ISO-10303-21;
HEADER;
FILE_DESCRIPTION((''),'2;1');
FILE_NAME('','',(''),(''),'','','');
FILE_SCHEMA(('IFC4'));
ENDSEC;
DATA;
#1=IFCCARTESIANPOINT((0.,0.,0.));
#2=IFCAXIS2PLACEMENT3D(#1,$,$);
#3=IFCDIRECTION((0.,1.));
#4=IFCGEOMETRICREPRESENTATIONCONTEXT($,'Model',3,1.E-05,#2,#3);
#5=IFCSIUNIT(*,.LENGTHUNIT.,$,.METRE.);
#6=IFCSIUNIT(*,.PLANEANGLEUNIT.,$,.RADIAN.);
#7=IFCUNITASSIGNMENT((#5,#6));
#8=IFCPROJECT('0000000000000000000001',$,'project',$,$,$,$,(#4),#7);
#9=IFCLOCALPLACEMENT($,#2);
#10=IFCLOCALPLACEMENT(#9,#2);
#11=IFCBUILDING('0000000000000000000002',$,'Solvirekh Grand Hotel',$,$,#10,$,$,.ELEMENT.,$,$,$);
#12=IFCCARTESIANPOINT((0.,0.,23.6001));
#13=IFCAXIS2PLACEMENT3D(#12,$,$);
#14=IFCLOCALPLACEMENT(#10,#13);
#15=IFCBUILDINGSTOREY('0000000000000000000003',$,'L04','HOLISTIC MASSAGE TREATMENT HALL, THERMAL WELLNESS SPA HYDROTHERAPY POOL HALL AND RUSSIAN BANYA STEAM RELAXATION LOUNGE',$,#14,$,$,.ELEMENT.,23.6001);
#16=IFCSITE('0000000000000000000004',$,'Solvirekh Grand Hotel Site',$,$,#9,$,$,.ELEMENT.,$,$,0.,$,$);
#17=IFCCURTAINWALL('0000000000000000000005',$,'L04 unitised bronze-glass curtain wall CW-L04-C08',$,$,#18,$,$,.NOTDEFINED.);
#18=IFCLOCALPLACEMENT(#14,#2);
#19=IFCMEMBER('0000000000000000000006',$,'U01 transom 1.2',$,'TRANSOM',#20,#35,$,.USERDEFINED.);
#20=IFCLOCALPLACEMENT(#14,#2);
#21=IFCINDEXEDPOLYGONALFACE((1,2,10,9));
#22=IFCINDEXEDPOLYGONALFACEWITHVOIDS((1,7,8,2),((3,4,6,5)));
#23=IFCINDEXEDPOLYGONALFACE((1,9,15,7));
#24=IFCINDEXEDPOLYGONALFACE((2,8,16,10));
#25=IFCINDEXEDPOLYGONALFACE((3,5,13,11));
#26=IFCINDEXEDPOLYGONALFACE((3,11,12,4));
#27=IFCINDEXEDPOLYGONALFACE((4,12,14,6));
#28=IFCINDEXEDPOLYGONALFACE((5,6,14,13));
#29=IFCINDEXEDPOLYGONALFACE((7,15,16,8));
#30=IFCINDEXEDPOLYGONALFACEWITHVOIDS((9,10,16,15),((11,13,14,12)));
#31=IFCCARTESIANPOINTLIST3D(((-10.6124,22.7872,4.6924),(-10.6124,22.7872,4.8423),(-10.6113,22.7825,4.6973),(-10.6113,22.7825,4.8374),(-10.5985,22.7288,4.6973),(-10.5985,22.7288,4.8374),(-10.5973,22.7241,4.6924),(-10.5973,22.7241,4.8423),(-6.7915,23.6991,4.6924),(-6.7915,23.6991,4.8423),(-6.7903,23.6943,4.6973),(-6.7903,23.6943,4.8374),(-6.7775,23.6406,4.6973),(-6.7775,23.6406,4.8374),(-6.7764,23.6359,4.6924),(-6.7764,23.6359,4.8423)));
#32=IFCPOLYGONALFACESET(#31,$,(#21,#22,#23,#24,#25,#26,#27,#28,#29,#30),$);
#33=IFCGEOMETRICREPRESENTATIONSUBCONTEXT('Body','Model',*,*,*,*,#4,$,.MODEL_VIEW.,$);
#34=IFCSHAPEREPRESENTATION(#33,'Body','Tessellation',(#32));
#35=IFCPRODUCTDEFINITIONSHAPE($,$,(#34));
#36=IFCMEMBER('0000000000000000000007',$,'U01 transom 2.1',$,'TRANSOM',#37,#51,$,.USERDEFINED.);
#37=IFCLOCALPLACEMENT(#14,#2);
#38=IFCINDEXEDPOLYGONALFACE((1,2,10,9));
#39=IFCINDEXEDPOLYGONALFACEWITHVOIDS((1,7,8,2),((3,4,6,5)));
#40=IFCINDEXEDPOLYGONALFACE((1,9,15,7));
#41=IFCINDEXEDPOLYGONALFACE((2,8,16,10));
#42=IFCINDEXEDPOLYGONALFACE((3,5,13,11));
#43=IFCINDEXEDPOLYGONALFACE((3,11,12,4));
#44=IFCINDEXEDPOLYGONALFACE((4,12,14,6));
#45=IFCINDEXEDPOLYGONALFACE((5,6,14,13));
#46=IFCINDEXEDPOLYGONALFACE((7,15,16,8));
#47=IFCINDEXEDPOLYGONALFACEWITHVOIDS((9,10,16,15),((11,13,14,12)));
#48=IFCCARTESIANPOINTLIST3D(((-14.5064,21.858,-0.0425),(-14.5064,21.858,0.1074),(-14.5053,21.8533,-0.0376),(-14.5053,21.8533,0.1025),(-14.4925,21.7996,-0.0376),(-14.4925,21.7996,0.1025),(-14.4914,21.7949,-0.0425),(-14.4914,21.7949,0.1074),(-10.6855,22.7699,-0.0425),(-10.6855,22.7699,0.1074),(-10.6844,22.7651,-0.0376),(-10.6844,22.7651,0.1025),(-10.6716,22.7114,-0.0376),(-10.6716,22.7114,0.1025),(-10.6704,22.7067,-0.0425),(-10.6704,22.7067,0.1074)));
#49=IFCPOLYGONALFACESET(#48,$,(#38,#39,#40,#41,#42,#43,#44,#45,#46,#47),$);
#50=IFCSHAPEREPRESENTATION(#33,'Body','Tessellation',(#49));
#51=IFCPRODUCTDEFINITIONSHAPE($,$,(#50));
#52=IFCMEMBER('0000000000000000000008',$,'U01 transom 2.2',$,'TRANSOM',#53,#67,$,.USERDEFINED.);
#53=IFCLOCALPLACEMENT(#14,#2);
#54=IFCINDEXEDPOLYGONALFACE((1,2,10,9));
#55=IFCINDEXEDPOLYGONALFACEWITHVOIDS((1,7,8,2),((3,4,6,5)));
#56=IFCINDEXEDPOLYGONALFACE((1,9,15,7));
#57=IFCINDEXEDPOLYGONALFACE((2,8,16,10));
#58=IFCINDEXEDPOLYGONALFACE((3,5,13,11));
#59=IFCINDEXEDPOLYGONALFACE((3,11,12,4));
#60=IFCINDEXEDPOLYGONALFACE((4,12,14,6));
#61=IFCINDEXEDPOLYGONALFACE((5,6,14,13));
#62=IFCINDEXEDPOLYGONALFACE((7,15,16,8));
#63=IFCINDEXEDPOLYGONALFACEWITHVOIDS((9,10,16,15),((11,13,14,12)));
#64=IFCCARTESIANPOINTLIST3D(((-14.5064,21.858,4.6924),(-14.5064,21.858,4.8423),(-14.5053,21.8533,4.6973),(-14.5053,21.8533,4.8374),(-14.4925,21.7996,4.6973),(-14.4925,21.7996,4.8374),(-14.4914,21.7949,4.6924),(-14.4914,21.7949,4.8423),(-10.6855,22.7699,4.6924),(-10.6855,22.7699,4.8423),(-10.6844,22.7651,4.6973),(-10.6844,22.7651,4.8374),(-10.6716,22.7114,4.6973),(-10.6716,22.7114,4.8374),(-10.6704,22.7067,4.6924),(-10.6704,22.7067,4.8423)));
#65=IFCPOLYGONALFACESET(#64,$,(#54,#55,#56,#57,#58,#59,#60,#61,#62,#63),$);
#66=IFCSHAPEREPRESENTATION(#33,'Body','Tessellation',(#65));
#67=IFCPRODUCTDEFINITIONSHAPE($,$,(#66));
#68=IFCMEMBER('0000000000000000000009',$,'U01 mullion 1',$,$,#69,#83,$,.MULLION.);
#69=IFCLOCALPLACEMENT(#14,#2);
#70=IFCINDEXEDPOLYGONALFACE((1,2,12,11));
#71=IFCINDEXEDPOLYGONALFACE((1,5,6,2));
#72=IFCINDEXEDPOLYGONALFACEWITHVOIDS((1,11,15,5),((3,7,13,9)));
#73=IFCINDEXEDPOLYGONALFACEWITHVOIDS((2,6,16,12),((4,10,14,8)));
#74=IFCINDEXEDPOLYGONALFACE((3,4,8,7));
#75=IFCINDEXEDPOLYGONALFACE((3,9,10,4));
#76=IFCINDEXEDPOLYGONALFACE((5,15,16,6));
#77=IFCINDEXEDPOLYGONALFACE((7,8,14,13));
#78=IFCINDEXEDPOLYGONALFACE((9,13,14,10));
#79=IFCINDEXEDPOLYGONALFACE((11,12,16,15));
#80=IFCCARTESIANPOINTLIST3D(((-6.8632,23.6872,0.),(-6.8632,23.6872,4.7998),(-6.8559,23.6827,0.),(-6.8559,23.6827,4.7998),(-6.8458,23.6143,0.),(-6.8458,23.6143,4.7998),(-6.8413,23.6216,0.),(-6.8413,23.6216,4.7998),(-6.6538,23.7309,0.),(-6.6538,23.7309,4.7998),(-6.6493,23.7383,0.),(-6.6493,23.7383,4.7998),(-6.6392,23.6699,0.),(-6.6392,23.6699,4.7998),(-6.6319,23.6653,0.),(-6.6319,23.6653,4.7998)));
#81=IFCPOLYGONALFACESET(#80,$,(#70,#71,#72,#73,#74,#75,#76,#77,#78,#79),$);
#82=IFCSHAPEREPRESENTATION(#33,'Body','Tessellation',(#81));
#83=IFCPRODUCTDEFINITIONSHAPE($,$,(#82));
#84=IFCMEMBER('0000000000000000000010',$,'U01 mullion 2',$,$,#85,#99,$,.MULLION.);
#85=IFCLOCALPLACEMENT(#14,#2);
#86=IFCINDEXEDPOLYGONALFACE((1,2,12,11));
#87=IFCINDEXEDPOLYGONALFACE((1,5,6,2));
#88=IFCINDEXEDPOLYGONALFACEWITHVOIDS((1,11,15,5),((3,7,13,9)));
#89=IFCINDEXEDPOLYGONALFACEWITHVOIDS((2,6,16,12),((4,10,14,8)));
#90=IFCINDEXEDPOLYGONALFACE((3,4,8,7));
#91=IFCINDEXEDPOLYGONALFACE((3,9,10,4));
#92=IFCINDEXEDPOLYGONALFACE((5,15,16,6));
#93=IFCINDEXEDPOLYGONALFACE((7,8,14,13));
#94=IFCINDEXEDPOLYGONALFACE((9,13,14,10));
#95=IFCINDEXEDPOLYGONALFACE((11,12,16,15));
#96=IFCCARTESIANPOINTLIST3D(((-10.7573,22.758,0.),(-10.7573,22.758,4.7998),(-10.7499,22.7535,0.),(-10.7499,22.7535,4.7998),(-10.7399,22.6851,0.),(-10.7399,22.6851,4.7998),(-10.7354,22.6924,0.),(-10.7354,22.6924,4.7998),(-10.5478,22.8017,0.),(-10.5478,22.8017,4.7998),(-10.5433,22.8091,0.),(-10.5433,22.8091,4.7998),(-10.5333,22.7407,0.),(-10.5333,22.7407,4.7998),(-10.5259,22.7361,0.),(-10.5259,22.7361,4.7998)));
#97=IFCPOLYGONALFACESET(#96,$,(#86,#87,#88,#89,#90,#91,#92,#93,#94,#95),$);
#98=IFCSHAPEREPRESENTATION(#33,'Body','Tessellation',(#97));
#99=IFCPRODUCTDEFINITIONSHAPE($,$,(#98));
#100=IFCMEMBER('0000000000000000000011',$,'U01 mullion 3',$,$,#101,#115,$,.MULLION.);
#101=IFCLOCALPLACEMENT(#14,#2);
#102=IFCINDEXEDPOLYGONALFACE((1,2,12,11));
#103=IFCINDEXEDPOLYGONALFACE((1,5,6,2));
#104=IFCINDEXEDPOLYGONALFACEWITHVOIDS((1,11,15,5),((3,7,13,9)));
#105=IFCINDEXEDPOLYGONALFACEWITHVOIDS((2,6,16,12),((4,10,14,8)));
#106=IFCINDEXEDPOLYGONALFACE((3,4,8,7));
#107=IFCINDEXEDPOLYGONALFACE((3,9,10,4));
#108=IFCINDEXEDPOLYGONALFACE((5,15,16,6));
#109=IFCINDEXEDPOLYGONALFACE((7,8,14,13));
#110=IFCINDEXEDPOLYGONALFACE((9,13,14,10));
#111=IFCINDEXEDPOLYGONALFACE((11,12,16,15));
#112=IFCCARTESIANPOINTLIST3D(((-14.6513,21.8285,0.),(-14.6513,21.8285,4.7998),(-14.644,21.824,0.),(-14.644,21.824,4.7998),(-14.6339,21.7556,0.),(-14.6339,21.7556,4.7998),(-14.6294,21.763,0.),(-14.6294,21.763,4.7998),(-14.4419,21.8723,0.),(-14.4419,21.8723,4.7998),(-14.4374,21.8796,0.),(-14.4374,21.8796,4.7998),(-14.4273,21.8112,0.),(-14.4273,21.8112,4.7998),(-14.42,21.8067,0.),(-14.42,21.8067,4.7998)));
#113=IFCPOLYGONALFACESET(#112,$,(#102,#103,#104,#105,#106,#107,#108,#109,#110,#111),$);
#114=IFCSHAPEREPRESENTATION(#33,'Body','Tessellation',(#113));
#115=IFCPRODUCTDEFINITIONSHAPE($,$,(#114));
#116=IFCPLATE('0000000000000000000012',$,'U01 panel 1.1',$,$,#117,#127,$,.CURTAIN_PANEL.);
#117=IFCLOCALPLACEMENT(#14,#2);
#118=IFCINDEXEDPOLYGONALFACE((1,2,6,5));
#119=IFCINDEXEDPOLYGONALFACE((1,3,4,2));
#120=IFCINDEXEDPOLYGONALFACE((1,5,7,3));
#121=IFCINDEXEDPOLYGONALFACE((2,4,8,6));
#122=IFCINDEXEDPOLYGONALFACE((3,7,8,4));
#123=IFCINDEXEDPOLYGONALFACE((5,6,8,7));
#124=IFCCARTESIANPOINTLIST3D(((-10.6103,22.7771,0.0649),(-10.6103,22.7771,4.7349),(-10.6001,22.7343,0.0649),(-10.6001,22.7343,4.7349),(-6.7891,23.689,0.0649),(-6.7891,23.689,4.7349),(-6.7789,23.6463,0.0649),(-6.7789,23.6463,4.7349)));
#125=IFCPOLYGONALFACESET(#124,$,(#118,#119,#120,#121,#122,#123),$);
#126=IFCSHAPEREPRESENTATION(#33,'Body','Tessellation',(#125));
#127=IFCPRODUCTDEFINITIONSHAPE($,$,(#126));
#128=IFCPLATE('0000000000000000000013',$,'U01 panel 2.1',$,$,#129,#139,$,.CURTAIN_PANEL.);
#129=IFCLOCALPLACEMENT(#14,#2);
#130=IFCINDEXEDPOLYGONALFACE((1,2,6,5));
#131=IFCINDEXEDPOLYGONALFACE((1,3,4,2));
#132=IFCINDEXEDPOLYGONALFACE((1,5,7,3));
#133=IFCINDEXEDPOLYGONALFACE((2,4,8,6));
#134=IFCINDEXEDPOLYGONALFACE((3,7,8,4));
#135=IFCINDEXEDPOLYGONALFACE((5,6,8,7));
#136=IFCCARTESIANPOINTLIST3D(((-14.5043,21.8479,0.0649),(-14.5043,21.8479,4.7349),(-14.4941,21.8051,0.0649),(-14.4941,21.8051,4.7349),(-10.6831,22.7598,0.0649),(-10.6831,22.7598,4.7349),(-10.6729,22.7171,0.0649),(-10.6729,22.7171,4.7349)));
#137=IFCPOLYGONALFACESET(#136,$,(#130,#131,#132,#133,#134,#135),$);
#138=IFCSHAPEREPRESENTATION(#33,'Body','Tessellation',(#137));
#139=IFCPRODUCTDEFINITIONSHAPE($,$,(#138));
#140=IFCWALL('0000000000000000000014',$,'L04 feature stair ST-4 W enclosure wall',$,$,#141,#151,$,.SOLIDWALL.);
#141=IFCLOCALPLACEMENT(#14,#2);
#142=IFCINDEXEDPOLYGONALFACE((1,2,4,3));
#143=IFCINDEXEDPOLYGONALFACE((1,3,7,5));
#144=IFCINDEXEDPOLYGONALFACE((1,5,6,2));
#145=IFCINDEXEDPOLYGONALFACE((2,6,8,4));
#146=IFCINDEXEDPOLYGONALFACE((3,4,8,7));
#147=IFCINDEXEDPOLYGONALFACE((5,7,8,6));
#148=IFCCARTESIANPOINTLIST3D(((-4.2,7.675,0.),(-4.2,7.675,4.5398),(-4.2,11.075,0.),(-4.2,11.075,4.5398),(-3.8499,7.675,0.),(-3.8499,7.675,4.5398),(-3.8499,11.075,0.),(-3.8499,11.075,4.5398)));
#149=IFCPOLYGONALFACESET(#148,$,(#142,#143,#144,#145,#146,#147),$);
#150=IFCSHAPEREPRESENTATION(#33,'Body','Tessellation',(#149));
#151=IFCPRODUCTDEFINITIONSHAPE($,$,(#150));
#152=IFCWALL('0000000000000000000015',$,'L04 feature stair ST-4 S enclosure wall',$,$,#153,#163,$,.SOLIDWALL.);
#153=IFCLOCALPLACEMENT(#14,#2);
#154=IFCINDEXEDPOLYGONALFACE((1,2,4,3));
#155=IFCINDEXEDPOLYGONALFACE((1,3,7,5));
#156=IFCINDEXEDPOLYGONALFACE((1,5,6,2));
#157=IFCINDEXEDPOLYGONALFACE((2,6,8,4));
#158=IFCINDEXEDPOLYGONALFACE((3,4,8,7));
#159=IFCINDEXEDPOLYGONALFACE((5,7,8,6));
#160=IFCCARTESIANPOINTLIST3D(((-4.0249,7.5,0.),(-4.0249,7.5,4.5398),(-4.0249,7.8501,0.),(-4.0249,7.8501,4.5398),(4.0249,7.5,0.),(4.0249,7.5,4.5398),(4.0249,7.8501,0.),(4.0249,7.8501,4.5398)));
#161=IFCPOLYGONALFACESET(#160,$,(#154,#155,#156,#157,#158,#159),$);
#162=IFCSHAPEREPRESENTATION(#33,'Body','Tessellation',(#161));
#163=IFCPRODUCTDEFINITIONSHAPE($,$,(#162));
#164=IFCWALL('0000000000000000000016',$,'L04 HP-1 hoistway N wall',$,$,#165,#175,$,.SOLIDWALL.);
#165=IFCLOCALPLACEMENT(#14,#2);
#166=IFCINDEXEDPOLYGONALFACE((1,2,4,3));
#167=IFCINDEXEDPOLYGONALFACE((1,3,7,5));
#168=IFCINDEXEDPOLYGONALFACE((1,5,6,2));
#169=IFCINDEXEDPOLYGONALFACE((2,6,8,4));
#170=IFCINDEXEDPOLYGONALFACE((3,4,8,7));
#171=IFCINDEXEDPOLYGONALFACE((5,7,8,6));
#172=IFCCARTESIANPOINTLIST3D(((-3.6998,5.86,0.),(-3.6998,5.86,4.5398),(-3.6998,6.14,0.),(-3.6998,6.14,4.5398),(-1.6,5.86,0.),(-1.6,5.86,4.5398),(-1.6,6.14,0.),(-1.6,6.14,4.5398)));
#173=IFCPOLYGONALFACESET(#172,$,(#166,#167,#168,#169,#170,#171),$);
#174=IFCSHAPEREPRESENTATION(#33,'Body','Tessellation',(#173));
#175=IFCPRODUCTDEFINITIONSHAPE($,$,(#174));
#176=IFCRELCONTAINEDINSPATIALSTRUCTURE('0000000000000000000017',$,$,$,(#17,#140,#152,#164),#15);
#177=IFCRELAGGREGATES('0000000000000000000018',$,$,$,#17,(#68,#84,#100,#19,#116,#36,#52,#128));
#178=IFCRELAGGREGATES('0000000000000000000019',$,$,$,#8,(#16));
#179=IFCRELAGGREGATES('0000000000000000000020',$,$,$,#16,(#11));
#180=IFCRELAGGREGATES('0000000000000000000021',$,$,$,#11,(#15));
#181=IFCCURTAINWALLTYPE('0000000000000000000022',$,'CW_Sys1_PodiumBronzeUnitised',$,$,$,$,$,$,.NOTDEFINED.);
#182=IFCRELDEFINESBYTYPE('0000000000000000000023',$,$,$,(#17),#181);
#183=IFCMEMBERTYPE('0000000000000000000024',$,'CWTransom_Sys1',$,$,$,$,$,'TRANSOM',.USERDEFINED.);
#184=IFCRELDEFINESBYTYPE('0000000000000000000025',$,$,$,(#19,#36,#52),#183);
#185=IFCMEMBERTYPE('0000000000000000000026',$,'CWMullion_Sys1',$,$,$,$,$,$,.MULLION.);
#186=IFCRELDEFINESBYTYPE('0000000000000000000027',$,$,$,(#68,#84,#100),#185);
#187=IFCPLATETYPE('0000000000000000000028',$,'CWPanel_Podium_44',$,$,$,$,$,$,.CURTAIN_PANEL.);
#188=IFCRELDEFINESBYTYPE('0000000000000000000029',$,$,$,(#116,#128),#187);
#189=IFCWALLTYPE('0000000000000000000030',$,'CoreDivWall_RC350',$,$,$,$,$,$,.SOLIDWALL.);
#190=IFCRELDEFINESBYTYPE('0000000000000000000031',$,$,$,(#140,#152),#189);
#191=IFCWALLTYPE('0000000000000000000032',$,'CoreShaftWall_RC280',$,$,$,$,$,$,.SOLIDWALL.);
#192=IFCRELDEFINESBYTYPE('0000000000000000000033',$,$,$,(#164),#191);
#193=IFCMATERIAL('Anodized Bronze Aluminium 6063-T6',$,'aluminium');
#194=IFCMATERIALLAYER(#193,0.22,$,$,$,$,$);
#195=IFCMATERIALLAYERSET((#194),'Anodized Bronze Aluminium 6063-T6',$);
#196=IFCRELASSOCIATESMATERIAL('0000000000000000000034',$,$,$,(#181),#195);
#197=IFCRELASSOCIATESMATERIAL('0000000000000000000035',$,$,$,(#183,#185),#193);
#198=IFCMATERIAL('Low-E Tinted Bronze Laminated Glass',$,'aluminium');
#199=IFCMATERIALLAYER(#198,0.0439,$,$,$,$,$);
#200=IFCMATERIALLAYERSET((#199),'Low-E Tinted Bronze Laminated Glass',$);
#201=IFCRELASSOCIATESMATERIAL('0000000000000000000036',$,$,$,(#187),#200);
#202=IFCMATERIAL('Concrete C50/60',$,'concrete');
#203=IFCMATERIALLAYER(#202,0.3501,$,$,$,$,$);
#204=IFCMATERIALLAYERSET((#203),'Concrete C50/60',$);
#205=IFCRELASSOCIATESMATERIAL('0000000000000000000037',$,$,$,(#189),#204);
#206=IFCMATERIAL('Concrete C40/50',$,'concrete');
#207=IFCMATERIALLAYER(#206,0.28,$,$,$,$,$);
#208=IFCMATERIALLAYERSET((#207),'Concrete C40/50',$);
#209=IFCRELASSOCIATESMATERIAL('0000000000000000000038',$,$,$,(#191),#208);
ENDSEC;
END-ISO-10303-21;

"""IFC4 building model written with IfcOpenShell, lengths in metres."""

from ifc_helpers import new_model, si_unit, direction, frame, frame_2d, origin, origin_2d, place, context, subcontext, project, spatial, rectangle, hollow_rectangle, extrude, source, transform, mapped, material, layer, layer_set, material_profile, profile_set, type_object, element, aggregate, save


model = new_model("IFC4")

# Units and contexts
model_context = context("Model", 3, precision=1e-05, world=origin(), true_north=direction((0.0, 1.0)))
body_context = subcontext(model_context, "Body", "Model", "MODEL_VIEW")
ifc_project = project(units=[si_unit("LENGTHUNIT", "METRE"), si_unit("PLANEANGLEUNIT", "RADIAN")], contexts=[model_context])

# Site, building, storey
site_placement = place(None, origin())
site = spatial("IfcSite", under=ifc_project, at=site_placement, Name="Solvirekh Grand Hotel Site", CompositionType="ELEMENT", RefElevation=0.0)
building_placement = place(site_placement, origin())
building = spatial("IfcBuilding", under=site, at=building_placement, Name="Solvirekh Grand Hotel", CompositionType="ELEMENT")
storey_placement = place(building_placement, frame((0.0, 0.0, 23.6001)))
storey = spatial("IfcBuildingStorey", under=building, at=storey_placement, Name="L04", Description="HOLISTIC MASSAGE TREATMENT HALL, THERMAL WELLNESS SPA HYDROTHERAPY POOL HALL AND RUSSIAN BANYA STEAM RELAXATION LOUNGE", CompositionType="ELEMENT", Elevation=23.6001)

# Curtain wall, members, plates
ifc_material_1 = material(Name="Anodized Bronze Aluminium 6063-T6", Category="aluminium")
ifc_layer_1 = layer(ifc_material_1, 0.22)
ifc_layer_set_1 = layer_set([ifc_layer_1], Name="Anodized Bronze Aluminium 6063-T6")
curtain_wall_type = type_object("IfcCurtainWallType", Name="CW_Sys1_PodiumBronzeUnitised", PredefinedType="NOTDEFINED", material=ifc_layer_set_1)
curtain_wall_placement = place(storey_placement, origin())
curtain_wall = element("IfcCurtainWall", 1, at=curtain_wall_placement, inside=storey, type_object=curtain_wall_type, Name="L04 unitised bronze-glass curtain wall CW-L04-C08", PredefinedType="NOTDEFINED")
ifc_material_profile_1 = material_profile(ifc_material_1, hollow_rectangle(XDim=0.0649, YDim=0.1499, WallThickness=0.0049, at=origin_2d()), Name="ALU RHS 150X65X5")
ifc_profile_set_1 = profile_set([ifc_material_profile_1], Name="Anodized Bronze Aluminium 6063-T6")
member_type_1 = type_object("IfcMemberType", Name="CWTransom_Sys1", ElementType="TRANSOM", PredefinedType="USERDEFINED", material=ifc_profile_set_1)
shared_shape_1 = source(origin(), body_context, "Body", "SweptSolid", [
    extrude(hollow_rectangle(XDim=0.0649, YDim=0.1499, WallThickness=0.0049, at=origin_2d()), origin(), (0.0, 0.0, 1.0), 3.9282),
])
member_1_placement = place(storey_placement, frame((-6.7839, 23.6675, 4.7673), z_axis=(-0.972686, -0.232125, 0.0), x_axis=(0.232125, -0.972686, 0.0)))
member_1 = element("IfcMember", 2, at=member_1_placement, type_object=member_type_1, Name="U01 transom 1.2", ObjectType="TRANSOM", PredefinedType="USERDEFINED", context=body_context, shape_type="MappedRepresentation", body=[
    mapped(shared_shape_1, transform((0.0, 0.0, 0.0), x_axis=(1.0, 0.0, 0.0), y_axis=(0.0, 1.0, 0.0), z_axis=(0.0, 0.0, 1.0), scale=1.0)),
])
member_2_placement = place(storey_placement, frame((-10.678, 22.7383, 0.0325), z_axis=(-0.972686, -0.232125, 0.0), x_axis=(0.232125, -0.972686, 0.0)))
member_2 = element("IfcMember", 3, at=member_2_placement, type_object=member_type_1, Name="U01 transom 2.1", ObjectType="TRANSOM", PredefinedType="USERDEFINED", context=body_context, shape_type="MappedRepresentation", body=[
    mapped(shared_shape_1, transform((0.0, 0.0, 0.0), x_axis=(1.0, 0.0, 0.0), y_axis=(0.0, 1.0, 0.0), z_axis=(0.0, 0.0, 1.0), scale=1.0)),
])
member_3_placement = place(storey_placement, frame((-10.678, 22.7383, 4.7673), z_axis=(-0.972686, -0.232125, 0.0), x_axis=(0.232125, -0.972686, 0.0)))
member_3 = element("IfcMember", 4, at=member_3_placement, type_object=member_type_1, Name="U01 transom 2.2", ObjectType="TRANSOM", PredefinedType="USERDEFINED", context=body_context, shape_type="MappedRepresentation", body=[
    mapped(shared_shape_1, transform((0.0, 0.0, 0.0), x_axis=(1.0, 0.0, 0.0), y_axis=(0.0, 1.0, 0.0), z_axis=(0.0, 0.0, 1.0), scale=1.0)),
])
ifc_material_profile_2 = material_profile(ifc_material_1, hollow_rectangle(XDim=0.075, YDim=0.22, WallThickness=0.0061, at=origin_2d()), Name="ALU RHS 220X75X6")
ifc_profile_set_2 = profile_set([ifc_material_profile_2], Name="Anodized Bronze Aluminium 6063-T6")
member_type_2 = type_object("IfcMemberType", Name="CWMullion_Sys1", PredefinedType="MULLION", material=ifc_profile_set_2)
shared_shape_2 = source(origin(), body_context, "Body", "SweptSolid", [
    extrude(hollow_rectangle(XDim=0.075, YDim=0.22, WallThickness=0.0061, at=origin_2d()), origin(), (0.0, 0.0, 1.0), 4.7998),
])
member_4_placement = place(storey_placement, frame((-6.7476, 23.6763, 0.0), z_axis=(0.0, 0.0, 1.0), x_axis=(0.232128, -0.972685, 0.0)))
member_4 = element("IfcMember", 5, at=member_4_placement, type_object=member_type_2, Name="U01 mullion 1", PredefinedType="MULLION", context=body_context, shape_type="MappedRepresentation", body=[
    mapped(shared_shape_2, transform((0.0, 0.0, 0.0), x_axis=(1.0, 0.0, 0.0), y_axis=(0.0, 1.0, 0.0), z_axis=(0.0, 0.0, 1.0), scale=1.0)),
])
member_5_placement = place(storey_placement, frame((-10.6416, 22.7471, 0.0), z_axis=(0.0, 0.0, 1.0), x_axis=(0.232128, -0.972685, 0.0)))
member_5 = element("IfcMember", 6, at=member_5_placement, type_object=member_type_2, Name="U01 mullion 2", PredefinedType="MULLION", context=body_context, shape_type="MappedRepresentation", body=[
    mapped(shared_shape_2, transform((0.0, 0.0, 0.0), x_axis=(1.0, 0.0, 0.0), y_axis=(0.0, 1.0, 0.0), z_axis=(0.0, 0.0, 1.0), scale=1.0)),
])
member_6_placement = place(storey_placement, frame((-14.5356, 21.8176, 0.0), z_axis=(0.0, 0.0, 1.0), x_axis=(0.232128, -0.972685, 0.0)))
member_6 = element("IfcMember", 7, at=member_6_placement, type_object=member_type_2, Name="U01 mullion 3", PredefinedType="MULLION", context=body_context, shape_type="MappedRepresentation", body=[
    mapped(shared_shape_2, transform((0.0, 0.0, 0.0), x_axis=(1.0, 0.0, 0.0), y_axis=(0.0, 1.0, 0.0), z_axis=(0.0, 0.0, 1.0), scale=1.0)),
])
ifc_material_2 = material(Name="Low-E Tinted Bronze Laminated Glass", Category="aluminium")
ifc_layer_2 = layer(ifc_material_2, 0.0439)
ifc_layer_set_2 = layer_set([ifc_layer_2], Name="Low-E Tinted Bronze Laminated Glass")
plate_type = type_object("IfcPlateType", Name="CWPanel_Podium_44", PredefinedType="CURTAIN_PANEL", material=ifc_layer_set_2)
shared_shape_3 = source(origin(), body_context, "Body", "SweptSolid", [
    extrude(rectangle(XDim=3.9285, YDim=0.0439, at=origin_2d()), origin(), (0.0, 0.0, 1.0), 4.6699),
])
plate_1_placement = place(storey_placement, frame((-8.6946, 23.2117, 0.0649), z_axis=(0.0, 0.0, 1.0), x_axis=(-0.972685, -0.232128, 0.0)))
plate_1 = element("IfcPlate", 8, at=plate_1_placement, type_object=plate_type, Name="U01 panel 1.1", PredefinedType="CURTAIN_PANEL", context=body_context, shape_type="MappedRepresentation", body=[
    mapped(shared_shape_3, transform((0.0, 0.0, 0.0), x_axis=(1.0, 0.0, 0.0), y_axis=(0.0, 1.0, 0.0), z_axis=(0.0, 0.0, 1.0), scale=1.0)),
])
plate_2_placement = place(storey_placement, frame((-12.5886, 22.2825, 0.0649), z_axis=(0.0, 0.0, 1.0), x_axis=(-0.972685, -0.232128, 0.0)))
plate_2 = element("IfcPlate", 9, at=plate_2_placement, type_object=plate_type, Name="U01 panel 2.1", PredefinedType="CURTAIN_PANEL", context=body_context, shape_type="MappedRepresentation", body=[
    mapped(shared_shape_3, transform((0.0, 0.0, 0.0), x_axis=(1.0, 0.0, 0.0), y_axis=(0.0, 1.0, 0.0), z_axis=(0.0, 0.0, 1.0), scale=1.0)),
])
aggregate(curtain_wall, [member_4, member_5, member_6, member_1, plate_1, member_2, member_3, plate_2])

# Walls
ifc_material_3 = material(Name="Concrete C50/60", Category="concrete")
ifc_layer_3 = layer(ifc_material_3, 0.3501)
ifc_layer_set_3 = layer_set([ifc_layer_3], Name="Concrete C50/60")
wall_type_1 = type_object("IfcWallType", Name="CoreDivWall_RC350", PredefinedType="SOLIDWALL", material=ifc_layer_set_3)
wall_1_placement = place(storey_placement, frame((-4.0249, 11.075, 0.0), z_axis=(0.0, 0.0, 1.0), x_axis=(0.0, -1.0, 0.0)))
element("IfcWall", 10, at=wall_1_placement, inside=storey, type_object=wall_type_1, Name="L04 feature stair ST-4 W enclosure wall", PredefinedType="SOLIDWALL", context=body_context, shape_type="SweptSolid", body=[
    extrude(rectangle(XDim=3.3999, YDim=0.3501, at=frame_2d((1.7, 0.0))), origin(), (0.0, 0.0, 1.0), 4.5398),
])
wall_2_placement = place(storey_placement, frame((-4.0249, 7.675, 0.0), z_axis=(0.0, 0.0, 1.0), x_axis=(1.0, 0.0, 0.0)))
element("IfcWall", 11, at=wall_2_placement, inside=storey, type_object=wall_type_1, Name="L04 feature stair ST-4 S enclosure wall", PredefinedType="SOLIDWALL", context=body_context, shape_type="SweptSolid", body=[
    extrude(rectangle(XDim=8.0498, YDim=0.3501, at=frame_2d((4.0249, 0.0))), origin(), (0.0, 0.0, 1.0), 4.5398),
])
ifc_material_4 = material(Name="Concrete C40/50", Category="concrete")
ifc_layer_4 = layer(ifc_material_4, 0.28)
ifc_layer_set_4 = layer_set([ifc_layer_4], Name="Concrete C40/50")
wall_type_2 = type_object("IfcWallType", Name="CoreShaftWall_RC280", PredefinedType="SOLIDWALL", material=ifc_layer_set_4)
wall_3_placement = place(storey_placement, frame((-1.6001, 6.0, 0.0), z_axis=(0.0, 0.0, 1.0), x_axis=(-1.0, 0.0, 0.0)))
element("IfcWall", 12, at=wall_3_placement, inside=storey, type_object=wall_type_2, Name="L04 HP-1 hoistway N wall", PredefinedType="SOLIDWALL", context=body_context, shape_type="SweptSolid", body=[
    extrude(rectangle(XDim=2.0999, YDim=0.28, at=frame_2d((1.0498, 0.0))), origin(), (0.0, 0.0, 1.0), 4.5398),
])

save(model, "model.ifc")
